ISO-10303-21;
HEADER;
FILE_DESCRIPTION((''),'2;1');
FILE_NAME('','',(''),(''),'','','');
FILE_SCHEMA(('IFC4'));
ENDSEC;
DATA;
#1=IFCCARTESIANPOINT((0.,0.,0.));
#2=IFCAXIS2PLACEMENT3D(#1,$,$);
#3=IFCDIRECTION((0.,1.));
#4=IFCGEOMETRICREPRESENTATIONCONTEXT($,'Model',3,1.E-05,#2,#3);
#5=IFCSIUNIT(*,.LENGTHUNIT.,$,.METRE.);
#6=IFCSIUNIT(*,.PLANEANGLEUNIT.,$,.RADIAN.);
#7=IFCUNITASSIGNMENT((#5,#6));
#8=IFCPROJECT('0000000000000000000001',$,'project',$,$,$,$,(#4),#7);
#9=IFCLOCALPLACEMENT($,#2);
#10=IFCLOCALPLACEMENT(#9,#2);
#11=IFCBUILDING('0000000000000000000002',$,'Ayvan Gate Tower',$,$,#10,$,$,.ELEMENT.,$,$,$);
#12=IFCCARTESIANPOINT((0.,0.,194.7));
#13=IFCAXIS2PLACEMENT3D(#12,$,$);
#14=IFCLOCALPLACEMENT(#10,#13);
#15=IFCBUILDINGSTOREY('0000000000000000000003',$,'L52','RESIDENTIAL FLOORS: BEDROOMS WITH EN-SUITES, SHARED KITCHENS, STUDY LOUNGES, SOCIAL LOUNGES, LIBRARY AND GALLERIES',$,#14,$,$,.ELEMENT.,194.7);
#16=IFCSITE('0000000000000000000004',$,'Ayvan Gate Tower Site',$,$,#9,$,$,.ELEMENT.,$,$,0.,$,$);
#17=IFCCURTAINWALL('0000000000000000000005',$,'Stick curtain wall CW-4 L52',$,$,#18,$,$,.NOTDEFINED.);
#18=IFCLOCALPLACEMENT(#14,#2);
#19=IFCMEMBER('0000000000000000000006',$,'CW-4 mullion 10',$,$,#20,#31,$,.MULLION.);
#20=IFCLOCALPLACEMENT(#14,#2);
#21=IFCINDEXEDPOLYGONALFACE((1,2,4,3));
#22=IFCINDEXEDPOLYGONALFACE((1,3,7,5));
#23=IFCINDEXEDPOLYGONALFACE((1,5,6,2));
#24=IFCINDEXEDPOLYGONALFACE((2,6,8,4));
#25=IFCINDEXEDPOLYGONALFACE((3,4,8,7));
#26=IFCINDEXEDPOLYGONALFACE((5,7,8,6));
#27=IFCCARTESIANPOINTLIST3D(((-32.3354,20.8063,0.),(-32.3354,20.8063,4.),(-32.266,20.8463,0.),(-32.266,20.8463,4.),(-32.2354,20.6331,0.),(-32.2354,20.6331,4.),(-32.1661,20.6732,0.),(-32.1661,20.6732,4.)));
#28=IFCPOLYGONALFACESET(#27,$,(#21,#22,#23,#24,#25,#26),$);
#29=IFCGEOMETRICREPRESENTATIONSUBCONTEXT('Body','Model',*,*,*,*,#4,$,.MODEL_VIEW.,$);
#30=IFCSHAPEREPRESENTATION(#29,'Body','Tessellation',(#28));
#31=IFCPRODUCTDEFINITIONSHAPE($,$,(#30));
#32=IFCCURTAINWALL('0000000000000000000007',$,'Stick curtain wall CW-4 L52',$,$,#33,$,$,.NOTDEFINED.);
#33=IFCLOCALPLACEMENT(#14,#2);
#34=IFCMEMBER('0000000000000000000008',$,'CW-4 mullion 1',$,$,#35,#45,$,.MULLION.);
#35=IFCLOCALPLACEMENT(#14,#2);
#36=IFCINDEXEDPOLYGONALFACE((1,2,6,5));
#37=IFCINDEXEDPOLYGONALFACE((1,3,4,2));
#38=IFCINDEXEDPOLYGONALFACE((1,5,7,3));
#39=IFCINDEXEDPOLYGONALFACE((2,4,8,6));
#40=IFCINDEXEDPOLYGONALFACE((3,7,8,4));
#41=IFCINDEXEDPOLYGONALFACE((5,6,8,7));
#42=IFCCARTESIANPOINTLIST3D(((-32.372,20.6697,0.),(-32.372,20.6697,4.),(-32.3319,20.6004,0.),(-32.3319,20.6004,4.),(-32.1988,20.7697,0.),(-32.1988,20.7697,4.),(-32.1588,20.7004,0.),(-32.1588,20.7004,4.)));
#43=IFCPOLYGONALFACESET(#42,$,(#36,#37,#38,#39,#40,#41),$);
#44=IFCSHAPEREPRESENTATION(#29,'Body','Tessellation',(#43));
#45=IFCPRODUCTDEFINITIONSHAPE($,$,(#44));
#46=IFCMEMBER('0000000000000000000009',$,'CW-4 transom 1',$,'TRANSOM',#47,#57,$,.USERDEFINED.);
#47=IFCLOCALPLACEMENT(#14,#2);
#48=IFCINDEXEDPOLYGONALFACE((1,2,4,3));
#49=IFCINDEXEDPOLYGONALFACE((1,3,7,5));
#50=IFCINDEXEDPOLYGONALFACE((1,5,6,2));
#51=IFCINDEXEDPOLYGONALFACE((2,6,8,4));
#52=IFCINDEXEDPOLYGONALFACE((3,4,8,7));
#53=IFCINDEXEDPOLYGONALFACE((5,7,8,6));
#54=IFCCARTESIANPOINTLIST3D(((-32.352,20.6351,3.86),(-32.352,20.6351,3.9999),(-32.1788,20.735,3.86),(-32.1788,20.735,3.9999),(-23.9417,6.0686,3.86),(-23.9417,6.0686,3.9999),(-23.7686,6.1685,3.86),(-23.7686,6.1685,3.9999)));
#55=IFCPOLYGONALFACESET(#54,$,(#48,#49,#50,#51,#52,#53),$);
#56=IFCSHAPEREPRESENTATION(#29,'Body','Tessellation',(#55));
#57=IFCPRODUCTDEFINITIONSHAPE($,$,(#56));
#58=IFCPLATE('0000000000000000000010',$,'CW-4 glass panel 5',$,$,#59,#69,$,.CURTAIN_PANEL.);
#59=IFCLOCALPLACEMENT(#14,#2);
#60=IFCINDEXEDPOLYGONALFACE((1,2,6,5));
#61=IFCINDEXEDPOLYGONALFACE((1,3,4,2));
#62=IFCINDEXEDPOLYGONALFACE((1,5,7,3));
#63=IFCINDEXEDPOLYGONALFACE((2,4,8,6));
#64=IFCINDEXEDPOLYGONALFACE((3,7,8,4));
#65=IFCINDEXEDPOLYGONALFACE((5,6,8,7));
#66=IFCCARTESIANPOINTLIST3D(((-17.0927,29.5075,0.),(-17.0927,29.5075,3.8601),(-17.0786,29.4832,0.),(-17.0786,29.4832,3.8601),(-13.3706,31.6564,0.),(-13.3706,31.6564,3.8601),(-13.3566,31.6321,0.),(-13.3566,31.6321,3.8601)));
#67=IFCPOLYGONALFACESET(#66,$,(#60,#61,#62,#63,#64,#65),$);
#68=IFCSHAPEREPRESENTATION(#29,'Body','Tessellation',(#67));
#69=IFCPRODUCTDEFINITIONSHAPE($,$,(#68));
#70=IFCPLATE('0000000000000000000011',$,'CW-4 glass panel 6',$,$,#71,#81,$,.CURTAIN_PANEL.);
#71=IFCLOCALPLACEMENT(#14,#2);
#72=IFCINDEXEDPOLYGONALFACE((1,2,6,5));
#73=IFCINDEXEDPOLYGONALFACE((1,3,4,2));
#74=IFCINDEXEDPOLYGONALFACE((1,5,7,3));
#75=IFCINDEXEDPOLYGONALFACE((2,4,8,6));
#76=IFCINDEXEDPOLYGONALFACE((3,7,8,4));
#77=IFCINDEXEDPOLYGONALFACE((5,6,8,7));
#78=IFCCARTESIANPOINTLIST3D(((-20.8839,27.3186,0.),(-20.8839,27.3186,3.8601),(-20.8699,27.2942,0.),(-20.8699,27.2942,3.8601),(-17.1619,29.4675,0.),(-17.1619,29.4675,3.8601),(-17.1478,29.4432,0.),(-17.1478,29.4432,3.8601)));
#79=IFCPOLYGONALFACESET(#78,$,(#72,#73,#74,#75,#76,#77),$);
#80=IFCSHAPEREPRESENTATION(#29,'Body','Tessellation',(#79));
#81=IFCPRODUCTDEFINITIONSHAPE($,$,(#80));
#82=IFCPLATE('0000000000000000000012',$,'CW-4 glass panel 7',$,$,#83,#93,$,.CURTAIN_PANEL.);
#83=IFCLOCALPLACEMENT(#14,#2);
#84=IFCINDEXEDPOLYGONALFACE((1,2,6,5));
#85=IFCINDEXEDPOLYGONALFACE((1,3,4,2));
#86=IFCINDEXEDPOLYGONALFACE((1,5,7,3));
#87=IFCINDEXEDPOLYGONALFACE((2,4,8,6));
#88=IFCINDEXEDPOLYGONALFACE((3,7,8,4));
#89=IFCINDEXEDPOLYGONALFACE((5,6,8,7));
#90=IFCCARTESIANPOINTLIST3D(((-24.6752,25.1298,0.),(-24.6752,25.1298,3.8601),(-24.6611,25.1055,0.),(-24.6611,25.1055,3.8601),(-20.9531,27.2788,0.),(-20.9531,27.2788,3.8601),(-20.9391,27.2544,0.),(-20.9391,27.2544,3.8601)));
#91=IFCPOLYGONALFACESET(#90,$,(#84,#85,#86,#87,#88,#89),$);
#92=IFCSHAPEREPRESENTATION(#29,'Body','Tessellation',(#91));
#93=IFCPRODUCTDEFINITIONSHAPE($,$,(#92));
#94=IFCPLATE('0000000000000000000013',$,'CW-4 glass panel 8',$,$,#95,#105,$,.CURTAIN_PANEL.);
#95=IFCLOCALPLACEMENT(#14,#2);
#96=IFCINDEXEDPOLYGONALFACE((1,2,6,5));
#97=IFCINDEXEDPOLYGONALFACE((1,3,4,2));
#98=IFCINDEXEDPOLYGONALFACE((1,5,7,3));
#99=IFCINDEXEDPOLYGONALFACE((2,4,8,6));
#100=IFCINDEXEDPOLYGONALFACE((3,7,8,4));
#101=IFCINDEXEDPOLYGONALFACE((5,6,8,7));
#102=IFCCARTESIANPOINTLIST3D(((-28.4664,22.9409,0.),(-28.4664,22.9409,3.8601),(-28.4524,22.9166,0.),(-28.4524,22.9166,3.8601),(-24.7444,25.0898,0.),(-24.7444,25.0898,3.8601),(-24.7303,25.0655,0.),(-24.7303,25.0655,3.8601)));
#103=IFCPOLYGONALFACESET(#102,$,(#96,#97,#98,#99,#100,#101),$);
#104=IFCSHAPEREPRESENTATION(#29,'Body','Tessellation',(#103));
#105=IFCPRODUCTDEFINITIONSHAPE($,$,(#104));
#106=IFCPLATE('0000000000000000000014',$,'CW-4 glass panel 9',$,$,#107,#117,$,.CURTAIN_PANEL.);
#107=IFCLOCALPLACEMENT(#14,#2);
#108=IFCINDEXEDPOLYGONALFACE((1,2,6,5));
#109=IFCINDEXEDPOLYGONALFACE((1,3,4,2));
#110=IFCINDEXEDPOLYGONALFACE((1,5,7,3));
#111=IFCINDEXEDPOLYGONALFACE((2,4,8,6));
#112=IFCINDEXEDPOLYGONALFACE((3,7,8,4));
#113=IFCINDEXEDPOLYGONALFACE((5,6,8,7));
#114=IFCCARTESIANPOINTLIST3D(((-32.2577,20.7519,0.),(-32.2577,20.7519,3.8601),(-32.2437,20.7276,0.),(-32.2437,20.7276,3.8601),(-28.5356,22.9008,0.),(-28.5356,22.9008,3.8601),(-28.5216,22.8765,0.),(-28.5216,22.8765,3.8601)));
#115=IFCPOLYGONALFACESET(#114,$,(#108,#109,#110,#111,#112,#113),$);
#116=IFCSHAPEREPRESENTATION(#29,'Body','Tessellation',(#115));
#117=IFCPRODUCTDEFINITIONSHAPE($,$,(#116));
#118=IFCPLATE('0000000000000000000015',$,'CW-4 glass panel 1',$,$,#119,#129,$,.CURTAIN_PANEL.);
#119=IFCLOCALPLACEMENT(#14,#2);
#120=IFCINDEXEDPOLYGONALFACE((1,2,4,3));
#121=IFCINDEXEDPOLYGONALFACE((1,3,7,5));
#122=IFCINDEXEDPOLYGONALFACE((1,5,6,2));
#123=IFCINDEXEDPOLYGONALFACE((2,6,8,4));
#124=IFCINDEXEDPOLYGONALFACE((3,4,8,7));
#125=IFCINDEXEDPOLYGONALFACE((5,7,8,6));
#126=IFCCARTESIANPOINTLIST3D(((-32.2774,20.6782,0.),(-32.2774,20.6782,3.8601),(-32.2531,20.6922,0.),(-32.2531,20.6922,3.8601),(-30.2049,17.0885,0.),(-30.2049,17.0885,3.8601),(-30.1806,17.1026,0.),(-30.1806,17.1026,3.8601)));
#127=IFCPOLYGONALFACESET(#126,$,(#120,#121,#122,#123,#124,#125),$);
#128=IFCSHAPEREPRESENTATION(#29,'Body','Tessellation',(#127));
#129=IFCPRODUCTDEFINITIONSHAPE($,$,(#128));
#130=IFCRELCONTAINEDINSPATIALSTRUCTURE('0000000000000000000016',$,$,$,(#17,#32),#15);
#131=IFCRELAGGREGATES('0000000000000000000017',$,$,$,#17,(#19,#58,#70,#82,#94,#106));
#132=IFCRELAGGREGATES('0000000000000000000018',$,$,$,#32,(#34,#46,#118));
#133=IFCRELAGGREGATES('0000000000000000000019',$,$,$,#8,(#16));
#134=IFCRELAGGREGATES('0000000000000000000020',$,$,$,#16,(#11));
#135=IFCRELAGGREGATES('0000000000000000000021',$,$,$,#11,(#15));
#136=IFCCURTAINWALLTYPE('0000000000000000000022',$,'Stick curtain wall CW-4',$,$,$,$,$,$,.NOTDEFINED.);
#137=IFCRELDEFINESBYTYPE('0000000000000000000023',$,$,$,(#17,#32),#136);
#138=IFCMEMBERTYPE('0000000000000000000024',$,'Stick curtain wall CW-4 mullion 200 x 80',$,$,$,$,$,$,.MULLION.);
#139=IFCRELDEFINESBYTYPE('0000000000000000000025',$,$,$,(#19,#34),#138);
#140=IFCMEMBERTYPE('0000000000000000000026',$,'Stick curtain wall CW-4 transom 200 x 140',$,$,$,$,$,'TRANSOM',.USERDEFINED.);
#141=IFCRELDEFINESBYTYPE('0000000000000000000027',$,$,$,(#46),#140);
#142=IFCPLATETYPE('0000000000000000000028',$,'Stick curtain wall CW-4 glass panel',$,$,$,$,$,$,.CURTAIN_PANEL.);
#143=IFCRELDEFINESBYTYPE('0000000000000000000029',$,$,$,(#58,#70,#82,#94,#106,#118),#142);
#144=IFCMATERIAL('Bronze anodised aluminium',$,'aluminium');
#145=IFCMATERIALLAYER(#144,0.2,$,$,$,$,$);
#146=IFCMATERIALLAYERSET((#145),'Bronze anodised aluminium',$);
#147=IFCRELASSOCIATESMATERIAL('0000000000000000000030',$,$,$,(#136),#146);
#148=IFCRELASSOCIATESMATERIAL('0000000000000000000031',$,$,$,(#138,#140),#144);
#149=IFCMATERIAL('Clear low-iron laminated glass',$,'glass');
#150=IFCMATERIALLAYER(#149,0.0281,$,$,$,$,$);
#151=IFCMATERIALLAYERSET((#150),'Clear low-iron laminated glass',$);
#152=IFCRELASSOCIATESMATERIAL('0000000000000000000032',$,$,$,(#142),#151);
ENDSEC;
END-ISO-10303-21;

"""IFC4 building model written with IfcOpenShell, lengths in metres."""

from ifc_helpers import new_model, si_unit, direction, frame, origin, origin_2d, place, context, subcontext, project, spatial, rectangle, extrude, material, layer, layer_set, material_profile, profile_set, type_object, element, aggregate, save


model = new_model("IFC4")

# Units and contexts
model_context = context("Model", 3, precision=1e-05, world=origin(), true_north=direction((0.0, 1.0)))
body_context = subcontext(model_context, "Body", "Model", "MODEL_VIEW")
ifc_project = project(units=[si_unit("LENGTHUNIT", "METRE"), si_unit("PLANEANGLEUNIT", "RADIAN")], contexts=[model_context])

# Site, building, storey
site_placement = place(None, origin())
site = spatial("IfcSite", under=ifc_project, at=site_placement, Name="Ayvan Gate Tower Site", CompositionType="ELEMENT", RefElevation=0.0)
building_placement = place(site_placement, origin())
building = spatial("IfcBuilding", under=site, at=building_placement, Name="Ayvan Gate Tower", CompositionType="ELEMENT")
storey_placement = place(building_placement, frame((0.0, 0.0, 194.7)))
storey = spatial("IfcBuildingStorey", under=building, at=storey_placement, Name="L52", Description="RESIDENTIAL FLOORS: BEDROOMS WITH EN-SUITES, SHARED KITCHENS, STUDY LOUNGES, SOCIAL LOUNGES, LIBRARY AND GALLERIES", CompositionType="ELEMENT", Elevation=194.7)

# Curtain walls, members
ifc_material_1 = material(Name="Bronze anodised aluminium", Category="aluminium")
ifc_layer_1 = layer(ifc_material_1, 0.2)
ifc_layer_set_1 = layer_set([ifc_layer_1], Name="Bronze anodised aluminium")
curtain_wall_type = type_object("IfcCurtainWallType", Name="Stick curtain wall CW-4", PredefinedType="NOTDEFINED", material=ifc_layer_set_1)
curtain_wall_1_placement = place(storey_placement, origin())
curtain_wall_1 = element("IfcCurtainWall", 1, at=curtain_wall_1_placement, inside=storey, type_object=curtain_wall_type, Name="Stick curtain wall CW-4 L52", PredefinedType="NOTDEFINED")
ifc_material_profile_1 = material_profile(ifc_material_1, rectangle(XDim=0.2, YDim=0.0801, at=origin_2d()), Name="Stick curtain wall CW-4 mullion 200 x 80")
ifc_profile_set_1 = profile_set([ifc_material_profile_1], Name="Bronze anodised aluminium")
member_type_1 = type_object("IfcMemberType", Name="Stick curtain wall CW-4 mullion 200 x 80", PredefinedType="MULLION", material=ifc_profile_set_1)
member_1_placement = place(storey_placement, frame((-32.2507, 20.7397, 0.0), z_axis=(0.0, 0.0, 1.0), x_axis=(-0.5, 0.866025, 0.0)))
member_1 = element("IfcMember", 2, at=member_1_placement, type_object=member_type_1, Name="CW-4 mullion 10", PredefinedType="MULLION", context=body_context, shape_type="SweptSolid", body=[
    extrude(rectangle(XDim=0.2, YDim=0.0801, at=origin_2d()), origin(), (0.0, 0.0, 1.0), 4.0),
])
curtain_wall_2_placement = place(storey_placement, origin())
curtain_wall_2 = element("IfcCurtainWall", 3, at=curtain_wall_2_placement, inside=storey, type_object=curtain_wall_type, Name="Stick curtain wall CW-4 L52", PredefinedType="NOTDEFINED")
member_2_placement = place(storey_placement, frame((-32.2654, 20.6851, 0.0), z_axis=(0.0, 0.0, 1.0), x_axis=(-0.866025, -0.5, 0.0)))
member_2 = element("IfcMember", 4, at=member_2_placement, type_object=member_type_1, Name="CW-4 mullion 1", PredefinedType="MULLION", context=body_context, shape_type="SweptSolid", body=[
    extrude(rectangle(XDim=0.2, YDim=0.0801, at=origin_2d()), origin(), (0.0, 0.0, 1.0), 4.0),
])
ifc_material_profile_2 = material_profile(ifc_material_1, rectangle(XDim=0.2, YDim=0.1399, at=origin_2d()), Name="Stick curtain wall CW-4 transom 200 x 140")
ifc_profile_set_2 = profile_set([ifc_material_profile_2], Name="Bronze anodised aluminium")
member_type_2 = type_object("IfcMemberType", Name="Stick curtain wall CW-4 transom 200 x 140", ElementType="TRANSOM", PredefinedType="USERDEFINED", material=ifc_profile_set_2)
member_3_placement = place(storey_placement, frame((-32.2654, 20.6851, 3.9299), z_axis=(0.500011, -0.866019, 0.0), x_axis=(0.866019, 0.500011, 0.0)))
member_3 = element("IfcMember", 5, at=member_3_placement, type_object=member_type_2, Name="CW-4 transom 1", ObjectType="TRANSOM", PredefinedType="USERDEFINED", context=body_context, shape_type="SweptSolid", body=[
    extrude(rectangle(XDim=0.2, YDim=0.1399, at=origin_2d()), origin(), (0.0, 0.0, 1.0), 16.8201),
])

# Plates
ifc_material_2 = material(Name="Clear low-iron laminated glass", Category="glass")
ifc_layer_2 = layer(ifc_material_2, 0.0281)
ifc_layer_set_2 = layer_set([ifc_layer_2], Name="Clear low-iron laminated glass")
plate_type = type_object("IfcPlateType", Name="Stick curtain wall CW-4 glass panel", PredefinedType="CURTAIN_PANEL", material=ifc_layer_set_2)
plate_1_placement = place(storey_placement, frame((-15.2246, 30.5698, 0.0), z_axis=(0.0, 0.0, 1.0), x_axis=(-0.866025, -0.5, 0.0)))
plate_1 = element("IfcPlate", 6, at=plate_1_placement, type_object=plate_type, Name="CW-4 glass panel 5", PredefinedType="CURTAIN_PANEL", context=body_context, shape_type="SweptSolid", body=[
    extrude(rectangle(XDim=4.2979, YDim=0.0281, at=origin_2d()), origin(), (0.0, 0.0, 1.0), 3.8601),
])
plate_2_placement = place(storey_placement, frame((-19.0159, 28.3809, 0.0), z_axis=(0.0, 0.0, 1.0), x_axis=(-0.866025, -0.5, 0.0)))
plate_2 = element("IfcPlate", 7, at=plate_2_placement, type_object=plate_type, Name="CW-4 glass panel 6", PredefinedType="CURTAIN_PANEL", context=body_context, shape_type="SweptSolid", body=[
    extrude(rectangle(XDim=4.2979, YDim=0.0281, at=origin_2d()), origin(), (0.0, 0.0, 1.0), 3.8601),
])
plate_3_placement = place(storey_placement, frame((-22.8071, 26.1921, 0.0), z_axis=(0.0, 0.0, 1.0), x_axis=(-0.866025, -0.5, 0.0)))
plate_3 = element("IfcPlate", 8, at=plate_3_placement, type_object=plate_type, Name="CW-4 glass panel 7", PredefinedType="CURTAIN_PANEL", context=body_context, shape_type="SweptSolid", body=[
    extrude(rectangle(XDim=4.2979, YDim=0.0281, at=origin_2d()), origin(), (0.0, 0.0, 1.0), 3.8601),
])
plate_4_placement = place(storey_placement, frame((-26.5984, 24.0032, 0.0), z_axis=(0.0, 0.0, 1.0), x_axis=(-0.866025, -0.5, 0.0)))
plate_4 = element("IfcPlate", 9, at=plate_4_placement, type_object=plate_type, Name="CW-4 glass panel 8", PredefinedType="CURTAIN_PANEL", context=body_context, shape_type="SweptSolid", body=[
    extrude(rectangle(XDim=4.2979, YDim=0.0281, at=origin_2d()), origin(), (0.0, 0.0, 1.0), 3.8601),
])
plate_5_placement = place(storey_placement, frame((-30.3896, 21.8142, 0.0), z_axis=(0.0, 0.0, 1.0), x_axis=(-0.866025, -0.5, 0.0)))
plate_5 = element("IfcPlate", 10, at=plate_5_placement, type_object=plate_type, Name="CW-4 glass panel 9", PredefinedType="CURTAIN_PANEL", context=body_context, shape_type="SweptSolid", body=[
    extrude(rectangle(XDim=4.2979, YDim=0.0281, at=origin_2d()), origin(), (0.0, 0.0, 1.0), 3.8601),
])
aggregate(curtain_wall_1, [member_1, plate_1, plate_2, plate_3, plate_4, plate_5])
plate_6_placement = place(storey_placement, frame((-31.229, 18.8904, 0.0), z_axis=(0.0, 0.0, 1.0), x_axis=(0.5, -0.866025, 0.0)))
plate_6 = element("IfcPlate", 11, at=plate_6_placement, type_object=plate_type, Name="CW-4 glass panel 1", PredefinedType="CURTAIN_PANEL", context=body_context, shape_type="SweptSolid", body=[
    extrude(rectangle(XDim=4.145, YDim=0.0281, at=origin_2d()), origin(), (0.0, 0.0, 1.0), 3.8601),
])
aggregate(curtain_wall_2, [member_2, member_3, plate_6])

save(model, "model.ifc")
